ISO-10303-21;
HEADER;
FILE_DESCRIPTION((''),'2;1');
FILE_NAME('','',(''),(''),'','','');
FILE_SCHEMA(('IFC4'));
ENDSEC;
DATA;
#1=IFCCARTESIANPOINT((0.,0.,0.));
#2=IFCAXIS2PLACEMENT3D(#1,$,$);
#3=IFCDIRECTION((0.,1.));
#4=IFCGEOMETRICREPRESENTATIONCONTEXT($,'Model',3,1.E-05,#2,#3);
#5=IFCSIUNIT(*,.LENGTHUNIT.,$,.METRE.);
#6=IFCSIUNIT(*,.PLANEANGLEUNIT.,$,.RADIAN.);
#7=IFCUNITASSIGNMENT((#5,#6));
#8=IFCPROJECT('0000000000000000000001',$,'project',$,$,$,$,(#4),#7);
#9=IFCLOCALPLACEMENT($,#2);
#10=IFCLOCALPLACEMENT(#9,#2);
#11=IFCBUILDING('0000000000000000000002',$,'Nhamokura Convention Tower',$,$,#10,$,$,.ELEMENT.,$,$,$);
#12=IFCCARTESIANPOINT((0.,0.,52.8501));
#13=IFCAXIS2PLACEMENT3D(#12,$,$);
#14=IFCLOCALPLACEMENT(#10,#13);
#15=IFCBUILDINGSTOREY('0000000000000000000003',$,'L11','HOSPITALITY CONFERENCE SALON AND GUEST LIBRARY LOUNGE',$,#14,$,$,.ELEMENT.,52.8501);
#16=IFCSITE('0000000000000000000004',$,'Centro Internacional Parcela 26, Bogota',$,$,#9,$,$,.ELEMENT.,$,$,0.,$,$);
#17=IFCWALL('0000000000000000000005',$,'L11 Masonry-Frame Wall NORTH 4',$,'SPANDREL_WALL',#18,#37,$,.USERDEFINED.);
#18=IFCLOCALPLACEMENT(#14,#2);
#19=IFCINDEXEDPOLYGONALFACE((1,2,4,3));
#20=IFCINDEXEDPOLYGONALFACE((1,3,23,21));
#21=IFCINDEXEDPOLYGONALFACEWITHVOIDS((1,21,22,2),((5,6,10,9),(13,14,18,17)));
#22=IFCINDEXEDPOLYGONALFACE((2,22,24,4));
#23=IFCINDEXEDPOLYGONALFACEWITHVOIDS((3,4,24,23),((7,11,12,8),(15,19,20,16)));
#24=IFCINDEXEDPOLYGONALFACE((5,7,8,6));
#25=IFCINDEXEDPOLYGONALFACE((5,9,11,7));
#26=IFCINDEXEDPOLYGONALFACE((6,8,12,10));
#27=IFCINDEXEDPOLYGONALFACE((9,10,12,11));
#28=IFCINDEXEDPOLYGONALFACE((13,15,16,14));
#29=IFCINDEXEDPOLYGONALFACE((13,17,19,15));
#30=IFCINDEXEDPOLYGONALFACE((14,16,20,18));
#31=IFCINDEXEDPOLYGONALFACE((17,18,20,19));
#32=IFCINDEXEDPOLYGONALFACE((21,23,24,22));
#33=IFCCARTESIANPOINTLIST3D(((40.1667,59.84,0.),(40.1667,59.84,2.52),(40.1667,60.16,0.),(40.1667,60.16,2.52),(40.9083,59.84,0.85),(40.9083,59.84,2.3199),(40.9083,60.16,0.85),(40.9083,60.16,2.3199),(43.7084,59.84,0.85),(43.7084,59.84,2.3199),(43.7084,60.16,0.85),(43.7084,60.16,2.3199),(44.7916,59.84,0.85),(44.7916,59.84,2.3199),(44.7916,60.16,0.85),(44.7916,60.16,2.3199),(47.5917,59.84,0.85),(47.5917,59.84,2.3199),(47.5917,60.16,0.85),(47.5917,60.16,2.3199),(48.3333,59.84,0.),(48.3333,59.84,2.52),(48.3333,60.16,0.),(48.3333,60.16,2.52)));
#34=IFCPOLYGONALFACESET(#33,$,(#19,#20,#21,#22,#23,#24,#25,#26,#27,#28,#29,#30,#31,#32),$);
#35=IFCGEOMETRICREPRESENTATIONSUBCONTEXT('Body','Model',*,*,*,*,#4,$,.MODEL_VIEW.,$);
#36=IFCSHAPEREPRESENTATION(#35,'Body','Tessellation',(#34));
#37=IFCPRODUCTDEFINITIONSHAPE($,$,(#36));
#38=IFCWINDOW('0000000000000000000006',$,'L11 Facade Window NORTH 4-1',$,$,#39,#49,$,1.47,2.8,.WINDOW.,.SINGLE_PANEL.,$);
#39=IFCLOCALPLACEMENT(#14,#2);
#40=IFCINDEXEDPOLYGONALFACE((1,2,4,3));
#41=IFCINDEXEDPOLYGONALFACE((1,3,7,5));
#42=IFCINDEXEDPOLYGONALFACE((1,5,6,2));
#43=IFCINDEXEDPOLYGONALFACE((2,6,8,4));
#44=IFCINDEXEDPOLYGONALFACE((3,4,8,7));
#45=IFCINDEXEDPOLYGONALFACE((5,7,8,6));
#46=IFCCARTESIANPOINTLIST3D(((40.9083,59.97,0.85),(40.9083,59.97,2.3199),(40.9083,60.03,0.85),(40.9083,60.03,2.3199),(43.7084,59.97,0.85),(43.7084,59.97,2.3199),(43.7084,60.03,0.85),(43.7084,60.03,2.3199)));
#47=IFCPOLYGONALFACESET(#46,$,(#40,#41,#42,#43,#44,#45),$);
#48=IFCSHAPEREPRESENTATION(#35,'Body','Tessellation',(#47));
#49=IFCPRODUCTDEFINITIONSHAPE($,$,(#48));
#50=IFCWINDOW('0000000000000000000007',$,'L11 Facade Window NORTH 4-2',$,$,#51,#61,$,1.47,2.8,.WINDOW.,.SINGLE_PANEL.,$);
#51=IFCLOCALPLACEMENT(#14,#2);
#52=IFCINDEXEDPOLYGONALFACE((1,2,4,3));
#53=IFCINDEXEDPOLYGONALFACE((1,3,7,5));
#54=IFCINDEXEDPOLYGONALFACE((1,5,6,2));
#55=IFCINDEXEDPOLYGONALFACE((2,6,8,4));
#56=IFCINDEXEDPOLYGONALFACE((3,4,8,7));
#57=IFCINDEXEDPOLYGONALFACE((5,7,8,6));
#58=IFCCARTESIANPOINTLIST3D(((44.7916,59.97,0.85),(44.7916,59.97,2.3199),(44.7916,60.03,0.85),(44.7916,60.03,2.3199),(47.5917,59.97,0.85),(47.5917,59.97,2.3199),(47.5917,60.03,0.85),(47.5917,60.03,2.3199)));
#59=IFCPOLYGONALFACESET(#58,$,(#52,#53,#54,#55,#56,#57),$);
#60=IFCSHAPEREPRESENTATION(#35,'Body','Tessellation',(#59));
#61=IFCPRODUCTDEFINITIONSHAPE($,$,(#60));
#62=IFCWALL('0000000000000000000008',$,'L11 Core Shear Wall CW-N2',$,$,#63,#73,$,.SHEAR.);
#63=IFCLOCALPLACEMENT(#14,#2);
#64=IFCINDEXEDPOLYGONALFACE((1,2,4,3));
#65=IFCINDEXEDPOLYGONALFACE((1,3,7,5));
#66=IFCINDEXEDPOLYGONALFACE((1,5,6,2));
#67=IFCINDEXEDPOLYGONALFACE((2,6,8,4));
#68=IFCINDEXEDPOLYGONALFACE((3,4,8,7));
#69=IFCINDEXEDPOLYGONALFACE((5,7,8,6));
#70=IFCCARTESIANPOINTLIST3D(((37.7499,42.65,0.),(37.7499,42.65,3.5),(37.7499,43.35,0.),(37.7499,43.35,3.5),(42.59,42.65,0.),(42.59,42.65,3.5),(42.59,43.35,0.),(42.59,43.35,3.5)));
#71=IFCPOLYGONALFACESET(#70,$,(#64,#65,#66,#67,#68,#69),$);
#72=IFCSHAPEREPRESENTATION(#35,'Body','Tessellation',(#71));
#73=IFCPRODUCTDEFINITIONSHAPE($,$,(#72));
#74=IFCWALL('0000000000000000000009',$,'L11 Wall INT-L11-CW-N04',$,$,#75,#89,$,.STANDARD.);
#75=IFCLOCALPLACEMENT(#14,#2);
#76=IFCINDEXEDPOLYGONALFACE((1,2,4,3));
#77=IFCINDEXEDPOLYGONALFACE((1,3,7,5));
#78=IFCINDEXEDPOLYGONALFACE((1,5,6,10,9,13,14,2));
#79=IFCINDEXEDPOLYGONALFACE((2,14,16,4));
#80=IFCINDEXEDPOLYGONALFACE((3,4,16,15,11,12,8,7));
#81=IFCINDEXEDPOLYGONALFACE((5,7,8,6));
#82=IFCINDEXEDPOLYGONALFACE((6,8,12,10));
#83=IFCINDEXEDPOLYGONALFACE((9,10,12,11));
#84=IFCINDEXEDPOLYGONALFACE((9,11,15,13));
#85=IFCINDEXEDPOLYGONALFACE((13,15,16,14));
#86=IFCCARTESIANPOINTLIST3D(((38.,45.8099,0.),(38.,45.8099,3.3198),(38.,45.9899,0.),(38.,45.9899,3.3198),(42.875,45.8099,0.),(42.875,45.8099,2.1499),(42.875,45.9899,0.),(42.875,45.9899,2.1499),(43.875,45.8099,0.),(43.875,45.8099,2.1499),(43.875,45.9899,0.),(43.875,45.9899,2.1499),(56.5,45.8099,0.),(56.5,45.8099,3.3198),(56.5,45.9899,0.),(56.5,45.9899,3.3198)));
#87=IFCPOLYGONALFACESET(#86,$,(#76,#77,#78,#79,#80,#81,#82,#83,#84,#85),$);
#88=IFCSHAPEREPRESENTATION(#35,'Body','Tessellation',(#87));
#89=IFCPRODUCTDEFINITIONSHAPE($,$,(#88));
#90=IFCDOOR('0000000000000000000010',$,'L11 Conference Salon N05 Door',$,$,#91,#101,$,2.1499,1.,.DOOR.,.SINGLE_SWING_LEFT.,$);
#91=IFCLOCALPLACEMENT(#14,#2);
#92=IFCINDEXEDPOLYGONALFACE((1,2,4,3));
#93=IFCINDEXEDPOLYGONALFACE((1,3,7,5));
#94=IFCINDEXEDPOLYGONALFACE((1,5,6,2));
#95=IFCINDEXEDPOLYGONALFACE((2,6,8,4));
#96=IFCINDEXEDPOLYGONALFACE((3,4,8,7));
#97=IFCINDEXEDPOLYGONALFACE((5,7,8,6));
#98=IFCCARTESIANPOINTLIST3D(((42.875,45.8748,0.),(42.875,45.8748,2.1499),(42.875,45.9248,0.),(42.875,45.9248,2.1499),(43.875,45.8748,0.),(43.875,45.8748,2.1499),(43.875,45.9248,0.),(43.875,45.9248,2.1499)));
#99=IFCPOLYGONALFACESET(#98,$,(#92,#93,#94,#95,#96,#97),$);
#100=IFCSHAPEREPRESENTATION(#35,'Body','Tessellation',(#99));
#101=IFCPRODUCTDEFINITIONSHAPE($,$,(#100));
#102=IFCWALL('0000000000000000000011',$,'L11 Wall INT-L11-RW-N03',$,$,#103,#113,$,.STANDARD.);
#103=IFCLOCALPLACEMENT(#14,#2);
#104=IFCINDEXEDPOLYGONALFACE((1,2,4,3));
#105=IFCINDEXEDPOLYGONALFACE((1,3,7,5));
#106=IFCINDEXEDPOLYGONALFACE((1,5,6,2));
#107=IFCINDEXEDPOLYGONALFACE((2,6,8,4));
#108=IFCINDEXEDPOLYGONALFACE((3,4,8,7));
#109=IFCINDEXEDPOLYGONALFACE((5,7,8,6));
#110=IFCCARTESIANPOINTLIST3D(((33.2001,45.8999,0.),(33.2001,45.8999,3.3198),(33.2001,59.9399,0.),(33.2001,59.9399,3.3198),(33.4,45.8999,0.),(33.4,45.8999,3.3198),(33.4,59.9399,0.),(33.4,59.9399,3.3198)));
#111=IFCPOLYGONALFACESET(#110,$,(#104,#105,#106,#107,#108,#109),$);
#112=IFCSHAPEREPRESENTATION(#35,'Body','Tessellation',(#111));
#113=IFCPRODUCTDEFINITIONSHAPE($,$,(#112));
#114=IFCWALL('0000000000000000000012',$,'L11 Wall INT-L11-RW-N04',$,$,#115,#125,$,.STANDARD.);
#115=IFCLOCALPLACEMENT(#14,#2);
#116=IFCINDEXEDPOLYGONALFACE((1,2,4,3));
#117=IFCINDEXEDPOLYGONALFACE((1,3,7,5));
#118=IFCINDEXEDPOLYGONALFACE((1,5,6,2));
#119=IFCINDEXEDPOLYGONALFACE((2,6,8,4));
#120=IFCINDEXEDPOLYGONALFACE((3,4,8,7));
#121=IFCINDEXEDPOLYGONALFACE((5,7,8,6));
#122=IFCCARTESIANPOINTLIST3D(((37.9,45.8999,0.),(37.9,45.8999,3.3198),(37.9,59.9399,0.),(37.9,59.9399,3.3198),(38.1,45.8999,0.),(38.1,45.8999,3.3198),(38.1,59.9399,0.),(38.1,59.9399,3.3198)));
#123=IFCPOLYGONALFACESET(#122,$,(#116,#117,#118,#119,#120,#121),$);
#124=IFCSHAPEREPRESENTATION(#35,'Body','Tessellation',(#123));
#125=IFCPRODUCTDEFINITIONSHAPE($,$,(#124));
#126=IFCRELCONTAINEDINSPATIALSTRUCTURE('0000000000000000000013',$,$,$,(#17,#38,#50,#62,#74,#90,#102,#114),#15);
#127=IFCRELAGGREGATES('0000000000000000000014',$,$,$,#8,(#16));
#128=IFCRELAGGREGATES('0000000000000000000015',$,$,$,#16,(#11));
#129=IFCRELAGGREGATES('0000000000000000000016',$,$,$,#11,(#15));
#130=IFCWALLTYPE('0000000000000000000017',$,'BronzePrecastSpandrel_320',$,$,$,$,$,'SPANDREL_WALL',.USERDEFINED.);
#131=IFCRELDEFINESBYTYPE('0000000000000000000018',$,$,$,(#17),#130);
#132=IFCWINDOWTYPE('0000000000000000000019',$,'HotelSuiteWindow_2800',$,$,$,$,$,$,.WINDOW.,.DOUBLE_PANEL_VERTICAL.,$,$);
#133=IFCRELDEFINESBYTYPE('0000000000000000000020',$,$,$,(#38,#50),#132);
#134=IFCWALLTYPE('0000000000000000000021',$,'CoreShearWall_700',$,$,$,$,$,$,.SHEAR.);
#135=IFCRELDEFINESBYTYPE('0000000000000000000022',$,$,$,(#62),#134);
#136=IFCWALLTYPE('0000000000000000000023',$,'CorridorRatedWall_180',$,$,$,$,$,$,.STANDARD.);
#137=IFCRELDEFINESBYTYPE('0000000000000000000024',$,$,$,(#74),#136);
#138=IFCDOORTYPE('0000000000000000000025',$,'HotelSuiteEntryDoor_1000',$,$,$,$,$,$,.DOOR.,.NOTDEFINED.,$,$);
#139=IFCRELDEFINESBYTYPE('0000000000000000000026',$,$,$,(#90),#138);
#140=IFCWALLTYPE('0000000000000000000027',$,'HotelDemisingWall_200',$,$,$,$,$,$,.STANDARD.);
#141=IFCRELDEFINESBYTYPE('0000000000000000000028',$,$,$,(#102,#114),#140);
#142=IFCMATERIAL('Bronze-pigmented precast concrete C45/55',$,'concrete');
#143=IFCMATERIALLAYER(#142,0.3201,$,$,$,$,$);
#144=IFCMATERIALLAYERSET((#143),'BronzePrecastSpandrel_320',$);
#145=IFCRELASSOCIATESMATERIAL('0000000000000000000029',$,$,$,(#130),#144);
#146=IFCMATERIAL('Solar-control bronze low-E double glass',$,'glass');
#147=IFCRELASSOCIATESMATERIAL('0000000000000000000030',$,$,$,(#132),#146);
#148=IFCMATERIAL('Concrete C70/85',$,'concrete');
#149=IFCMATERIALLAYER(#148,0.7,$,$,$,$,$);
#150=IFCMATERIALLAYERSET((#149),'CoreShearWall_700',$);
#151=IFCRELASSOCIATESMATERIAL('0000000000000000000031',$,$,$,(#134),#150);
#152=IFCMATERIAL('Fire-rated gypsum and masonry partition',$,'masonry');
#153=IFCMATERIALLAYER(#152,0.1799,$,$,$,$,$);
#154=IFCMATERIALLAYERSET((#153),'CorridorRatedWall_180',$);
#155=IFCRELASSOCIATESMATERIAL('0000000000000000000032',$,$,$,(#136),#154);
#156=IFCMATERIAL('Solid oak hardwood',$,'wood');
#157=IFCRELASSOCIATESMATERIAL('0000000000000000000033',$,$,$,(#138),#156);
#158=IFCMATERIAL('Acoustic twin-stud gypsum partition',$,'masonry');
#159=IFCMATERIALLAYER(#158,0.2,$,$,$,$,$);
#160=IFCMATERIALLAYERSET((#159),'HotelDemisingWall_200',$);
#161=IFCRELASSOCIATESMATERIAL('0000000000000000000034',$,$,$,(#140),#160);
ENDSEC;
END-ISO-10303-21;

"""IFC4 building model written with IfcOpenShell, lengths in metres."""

from ifc_helpers import new_model, si_unit, direction, frame, frame_2d, origin, place, context, subcontext, project, spatial, rectangle, extrude, material, layer, layer_set, type_object, element, fill, save


model = new_model("IFC4")

# Units and contexts
model_context = context("Model", 3, precision=1e-05, world=origin(), true_north=direction((0.0, 1.0)))
body_context = subcontext(model_context, "Body", "Model", "MODEL_VIEW")
ifc_project = project(units=[si_unit("LENGTHUNIT", "METRE"), si_unit("PLANEANGLEUNIT", "RADIAN")], contexts=[model_context])

# Site, building, storey
site_placement = place(None, origin())
site = spatial("IfcSite", under=ifc_project, at=site_placement, Name="Centro Internacional Parcela 26, Bogota", CompositionType="ELEMENT", RefElevation=0.0)
building_placement = place(site_placement, origin())
building = spatial("IfcBuilding", under=site, at=building_placement, Name="Nhamokura Convention Tower", CompositionType="ELEMENT")
storey_placement = place(building_placement, frame((0.0, 0.0, 52.8501)))
storey = spatial("IfcBuildingStorey", under=building, at=storey_placement, Name="L11", Description="HOSPITALITY CONFERENCE SALON AND GUEST LIBRARY LOUNGE", CompositionType="ELEMENT", Elevation=52.8501)

# Shared definitions
ifc_material_1 = material(Name="Bronze-pigmented precast concrete C45/55", Category="concrete")
ifc_layer_1 = layer(ifc_material_1, 0.3201)
ifc_layer_set_1 = layer_set([ifc_layer_1], Name="BronzePrecastSpandrel_320")
wall_type_1 = type_object("IfcWallType", Name="BronzePrecastSpandrel_320", ElementType="SPANDREL_WALL", PredefinedType="USERDEFINED", material=ifc_layer_set_1)

# Wall, openings, windows
wall_1_placement = place(storey_placement, frame((40.1667, 60.0, 0.0), z_axis=(0.0, 0.0, 1.0), x_axis=(1.0, 0.0, 0.0)))
wall_1 = element("IfcWall", 1, at=wall_1_placement, inside=storey, type_object=wall_type_1, Name="L11 Masonry-Frame Wall NORTH 4", ObjectType="SPANDREL_WALL", PredefinedType="USERDEFINED", context=body_context, shape_type="SweptSolid", body=[
    extrude(rectangle(XDim=8.1665, YDim=0.3201, at=frame_2d((4.0833, 0.0))), origin(), (0.0, 0.0, 1.0), 2.52),
])
opening_1_placement = place(wall_1_placement, frame((0.7417, 0.0, 0.8501)))
opening_1 = element("IfcOpeningElement", 2, at=opening_1_placement, cuts=wall_1, PredefinedType="OPENING", context=body_context, shape_type="SweptSolid", body=[
    extrude(rectangle(XDim=2.8, YDim=1.47, at=frame_2d((1.3999, 0.7349))), frame((0.0, 0.1699, 0.0), z_axis=(0.0, -1.0, 0.0), x_axis=(1.0, 0.0, 0.0)), (0.0, 0.0, 1.0), 0.3401),
])
opening_2_placement = place(wall_1_placement, frame((4.625, 0.0, 0.8501)))
opening_2 = element("IfcOpeningElement", 3, at=opening_2_placement, cuts=wall_1, PredefinedType="OPENING", context=body_context, shape_type="SweptSolid", body=[
    extrude(rectangle(XDim=2.8, YDim=1.47, at=frame_2d((1.3999, 0.7349))), frame((0.0, 0.1699, 0.0), z_axis=(0.0, -1.0, 0.0), x_axis=(1.0, 0.0, 0.0)), (0.0, 0.0, 1.0), 0.3401),
])
ifc_material_2 = material(Name="Solar-control bronze low-E double glass", Category="glass")
window_type_1 = type_object("IfcWindowType", Name="HotelSuiteWindow_2800", PartitioningType="DOUBLE_PANEL_VERTICAL", PredefinedType="WINDOW", material=ifc_material_2)
window_1_placement = place(opening_1_placement, origin())
window_1 = element("IfcWindow", 4, at=window_1_placement, inside=storey, type_object=window_type_1, Name="L11 Facade Window NORTH 4-1", OverallHeight=1.47, OverallWidth=2.8, PartitioningType="SINGLE_PANEL", PredefinedType="WINDOW", context=body_context, shape_type="SweptSolid", body=[
    extrude(rectangle(XDim=2.8, YDim=1.47, at=frame_2d((1.3999, 0.7349))), frame((0.0, 0.03, 0.0), z_axis=(0.0, -1.0, 0.0), x_axis=(1.0, 0.0, 0.0)), (0.0, 0.0, 1.0), 0.0601),
])
fill(opening_1, window_1)
window_2_placement = place(opening_2_placement, origin())
window_2 = element("IfcWindow", 5, at=window_2_placement, inside=storey, type_object=window_type_1, Name="L11 Facade Window NORTH 4-2", OverallHeight=1.47, OverallWidth=2.8, PartitioningType="SINGLE_PANEL", PredefinedType="WINDOW", context=body_context, shape_type="SweptSolid", body=[
    extrude(rectangle(XDim=2.8, YDim=1.47, at=frame_2d((1.3999, 0.7349))), frame((0.0, 0.03, 0.0), z_axis=(0.0, -1.0, 0.0), x_axis=(1.0, 0.0, 0.0)), (0.0, 0.0, 1.0), 0.0601),
])
fill(opening_2, window_2)

# Wall
ifc_material_3 = material(Name="Concrete C70/85", Category="concrete")
ifc_layer_2 = layer(ifc_material_3, 0.7)
ifc_layer_set_2 = layer_set([ifc_layer_2], Name="CoreShearWall_700")
wall_type_2 = type_object("IfcWallType", Name="CoreShearWall_700", PredefinedType="SHEAR", material=ifc_layer_set_2)
wall_2_placement = place(storey_placement, frame((37.75, 43.0, 0.0), z_axis=(0.0, 0.0, 1.0), x_axis=(1.0, 0.0, 0.0)))
element("IfcWall", 6, at=wall_2_placement, inside=storey, type_object=wall_type_2, Name="L11 Core Shear Wall CW-N2", PredefinedType="SHEAR", context=body_context, shape_type="SweptSolid", body=[
    extrude(rectangle(XDim=4.8401, YDim=0.7, at=frame_2d((2.4199, 0.0))), origin(), (0.0, 0.0, 1.0), 3.5),
])

# Wall, opening, door
ifc_material_4 = material(Name="Fire-rated gypsum and masonry partition", Category="masonry")
ifc_layer_3 = layer(ifc_material_4, 0.1799)
ifc_layer_set_3 = layer_set([ifc_layer_3], Name="CorridorRatedWall_180")
wall_type_3 = type_object("IfcWallType", Name="CorridorRatedWall_180", PredefinedType="STANDARD", material=ifc_layer_set_3)
ifc_material_5 = material(Name="Solid oak hardwood", Category="wood")
door_type_1 = type_object("IfcDoorType", Name="HotelSuiteEntryDoor_1000", OperationType="NOTDEFINED", PredefinedType="DOOR", material=ifc_material_5)
wall_3_placement = place(storey_placement, frame((38.0, 45.8999, 0.0), z_axis=(0.0, 0.0, 1.0), x_axis=(1.0, 0.0, 0.0)))
wall_3 = element("IfcWall", 7, at=wall_3_placement, inside=storey, type_object=wall_type_3, Name="L11 Wall INT-L11-CW-N04", PredefinedType="STANDARD", context=body_context, shape_type="SweptSolid", body=[
    extrude(rectangle(XDim=18.5, YDim=0.1799, at=frame_2d((9.25, 0.0))), origin(), (0.0, 0.0, 1.0), 3.3198),
])
opening_3_placement = place(wall_3_placement, frame((4.875, 0.0, 0.0)))
opening_3 = element("IfcOpeningElement", 8, at=opening_3_placement, cuts=wall_3, PredefinedType="OPENING", context=body_context, shape_type="SweptSolid", body=[
    extrude(rectangle(XDim=1.0, YDim=2.1499, at=frame_2d((0.5, 1.075))), frame((0.0, 0.0999, 0.0), z_axis=(0.0, -1.0, 0.0), x_axis=(1.0, 0.0, 0.0)), (0.0, 0.0, 1.0), 0.2),
])
door_1_placement = place(opening_3_placement, origin())
door_1 = element("IfcDoor", 9, at=door_1_placement, inside=storey, type_object=door_type_1, Name="L11 Conference Salon N05 Door", OperationType="SINGLE_SWING_LEFT", OverallHeight=2.1499, OverallWidth=1.0, PredefinedType="DOOR", context=body_context, shape_type="SweptSolid", body=[
    extrude(rectangle(XDim=1.0, YDim=2.1499, at=frame_2d((0.5, 1.075))), frame((0.0, 0.0249, 0.0), z_axis=(0.0, -1.0, 0.0), x_axis=(1.0, 0.0, 0.0)), (0.0, 0.0, 1.0), 0.05),
])
fill(opening_3, door_1)

# Walls
ifc_material_6 = material(Name="Acoustic twin-stud gypsum partition", Category="masonry")
ifc_layer_4 = layer(ifc_material_6, 0.2)
ifc_layer_set_4 = layer_set([ifc_layer_4], Name="HotelDemisingWall_200")
wall_type_4 = type_object("IfcWallType", Name="HotelDemisingWall_200", PredefinedType="STANDARD", material=ifc_layer_set_4)
for number, where, z_axis, x_axis, name in (
    (10, (33.3, 45.8999, 0.0), (0.0, 0.0, 1.0), (0.0, 1.0, 0.0), "L11 Wall INT-L11-RW-N03"),
    (11, (38.0, 45.8999, 0.0), (0.0, 0.0, 1.0), (0.0, 1.0, 0.0), "L11 Wall INT-L11-RW-N04"),
):
    element("IfcWall", number, at=place(storey_placement, frame(where, z_axis=z_axis, x_axis=x_axis)), inside=storey, type_object=wall_type_4, Name=name, PredefinedType="STANDARD", context=body_context, shape_type="SweptSolid", body=[
        extrude(rectangle(XDim=14.04, YDim=0.2, at=frame_2d((7.02, 0.0))), origin(), (0.0, 0.0, 1.0), 3.3198),
    ])

save(model, "model.ifc")
